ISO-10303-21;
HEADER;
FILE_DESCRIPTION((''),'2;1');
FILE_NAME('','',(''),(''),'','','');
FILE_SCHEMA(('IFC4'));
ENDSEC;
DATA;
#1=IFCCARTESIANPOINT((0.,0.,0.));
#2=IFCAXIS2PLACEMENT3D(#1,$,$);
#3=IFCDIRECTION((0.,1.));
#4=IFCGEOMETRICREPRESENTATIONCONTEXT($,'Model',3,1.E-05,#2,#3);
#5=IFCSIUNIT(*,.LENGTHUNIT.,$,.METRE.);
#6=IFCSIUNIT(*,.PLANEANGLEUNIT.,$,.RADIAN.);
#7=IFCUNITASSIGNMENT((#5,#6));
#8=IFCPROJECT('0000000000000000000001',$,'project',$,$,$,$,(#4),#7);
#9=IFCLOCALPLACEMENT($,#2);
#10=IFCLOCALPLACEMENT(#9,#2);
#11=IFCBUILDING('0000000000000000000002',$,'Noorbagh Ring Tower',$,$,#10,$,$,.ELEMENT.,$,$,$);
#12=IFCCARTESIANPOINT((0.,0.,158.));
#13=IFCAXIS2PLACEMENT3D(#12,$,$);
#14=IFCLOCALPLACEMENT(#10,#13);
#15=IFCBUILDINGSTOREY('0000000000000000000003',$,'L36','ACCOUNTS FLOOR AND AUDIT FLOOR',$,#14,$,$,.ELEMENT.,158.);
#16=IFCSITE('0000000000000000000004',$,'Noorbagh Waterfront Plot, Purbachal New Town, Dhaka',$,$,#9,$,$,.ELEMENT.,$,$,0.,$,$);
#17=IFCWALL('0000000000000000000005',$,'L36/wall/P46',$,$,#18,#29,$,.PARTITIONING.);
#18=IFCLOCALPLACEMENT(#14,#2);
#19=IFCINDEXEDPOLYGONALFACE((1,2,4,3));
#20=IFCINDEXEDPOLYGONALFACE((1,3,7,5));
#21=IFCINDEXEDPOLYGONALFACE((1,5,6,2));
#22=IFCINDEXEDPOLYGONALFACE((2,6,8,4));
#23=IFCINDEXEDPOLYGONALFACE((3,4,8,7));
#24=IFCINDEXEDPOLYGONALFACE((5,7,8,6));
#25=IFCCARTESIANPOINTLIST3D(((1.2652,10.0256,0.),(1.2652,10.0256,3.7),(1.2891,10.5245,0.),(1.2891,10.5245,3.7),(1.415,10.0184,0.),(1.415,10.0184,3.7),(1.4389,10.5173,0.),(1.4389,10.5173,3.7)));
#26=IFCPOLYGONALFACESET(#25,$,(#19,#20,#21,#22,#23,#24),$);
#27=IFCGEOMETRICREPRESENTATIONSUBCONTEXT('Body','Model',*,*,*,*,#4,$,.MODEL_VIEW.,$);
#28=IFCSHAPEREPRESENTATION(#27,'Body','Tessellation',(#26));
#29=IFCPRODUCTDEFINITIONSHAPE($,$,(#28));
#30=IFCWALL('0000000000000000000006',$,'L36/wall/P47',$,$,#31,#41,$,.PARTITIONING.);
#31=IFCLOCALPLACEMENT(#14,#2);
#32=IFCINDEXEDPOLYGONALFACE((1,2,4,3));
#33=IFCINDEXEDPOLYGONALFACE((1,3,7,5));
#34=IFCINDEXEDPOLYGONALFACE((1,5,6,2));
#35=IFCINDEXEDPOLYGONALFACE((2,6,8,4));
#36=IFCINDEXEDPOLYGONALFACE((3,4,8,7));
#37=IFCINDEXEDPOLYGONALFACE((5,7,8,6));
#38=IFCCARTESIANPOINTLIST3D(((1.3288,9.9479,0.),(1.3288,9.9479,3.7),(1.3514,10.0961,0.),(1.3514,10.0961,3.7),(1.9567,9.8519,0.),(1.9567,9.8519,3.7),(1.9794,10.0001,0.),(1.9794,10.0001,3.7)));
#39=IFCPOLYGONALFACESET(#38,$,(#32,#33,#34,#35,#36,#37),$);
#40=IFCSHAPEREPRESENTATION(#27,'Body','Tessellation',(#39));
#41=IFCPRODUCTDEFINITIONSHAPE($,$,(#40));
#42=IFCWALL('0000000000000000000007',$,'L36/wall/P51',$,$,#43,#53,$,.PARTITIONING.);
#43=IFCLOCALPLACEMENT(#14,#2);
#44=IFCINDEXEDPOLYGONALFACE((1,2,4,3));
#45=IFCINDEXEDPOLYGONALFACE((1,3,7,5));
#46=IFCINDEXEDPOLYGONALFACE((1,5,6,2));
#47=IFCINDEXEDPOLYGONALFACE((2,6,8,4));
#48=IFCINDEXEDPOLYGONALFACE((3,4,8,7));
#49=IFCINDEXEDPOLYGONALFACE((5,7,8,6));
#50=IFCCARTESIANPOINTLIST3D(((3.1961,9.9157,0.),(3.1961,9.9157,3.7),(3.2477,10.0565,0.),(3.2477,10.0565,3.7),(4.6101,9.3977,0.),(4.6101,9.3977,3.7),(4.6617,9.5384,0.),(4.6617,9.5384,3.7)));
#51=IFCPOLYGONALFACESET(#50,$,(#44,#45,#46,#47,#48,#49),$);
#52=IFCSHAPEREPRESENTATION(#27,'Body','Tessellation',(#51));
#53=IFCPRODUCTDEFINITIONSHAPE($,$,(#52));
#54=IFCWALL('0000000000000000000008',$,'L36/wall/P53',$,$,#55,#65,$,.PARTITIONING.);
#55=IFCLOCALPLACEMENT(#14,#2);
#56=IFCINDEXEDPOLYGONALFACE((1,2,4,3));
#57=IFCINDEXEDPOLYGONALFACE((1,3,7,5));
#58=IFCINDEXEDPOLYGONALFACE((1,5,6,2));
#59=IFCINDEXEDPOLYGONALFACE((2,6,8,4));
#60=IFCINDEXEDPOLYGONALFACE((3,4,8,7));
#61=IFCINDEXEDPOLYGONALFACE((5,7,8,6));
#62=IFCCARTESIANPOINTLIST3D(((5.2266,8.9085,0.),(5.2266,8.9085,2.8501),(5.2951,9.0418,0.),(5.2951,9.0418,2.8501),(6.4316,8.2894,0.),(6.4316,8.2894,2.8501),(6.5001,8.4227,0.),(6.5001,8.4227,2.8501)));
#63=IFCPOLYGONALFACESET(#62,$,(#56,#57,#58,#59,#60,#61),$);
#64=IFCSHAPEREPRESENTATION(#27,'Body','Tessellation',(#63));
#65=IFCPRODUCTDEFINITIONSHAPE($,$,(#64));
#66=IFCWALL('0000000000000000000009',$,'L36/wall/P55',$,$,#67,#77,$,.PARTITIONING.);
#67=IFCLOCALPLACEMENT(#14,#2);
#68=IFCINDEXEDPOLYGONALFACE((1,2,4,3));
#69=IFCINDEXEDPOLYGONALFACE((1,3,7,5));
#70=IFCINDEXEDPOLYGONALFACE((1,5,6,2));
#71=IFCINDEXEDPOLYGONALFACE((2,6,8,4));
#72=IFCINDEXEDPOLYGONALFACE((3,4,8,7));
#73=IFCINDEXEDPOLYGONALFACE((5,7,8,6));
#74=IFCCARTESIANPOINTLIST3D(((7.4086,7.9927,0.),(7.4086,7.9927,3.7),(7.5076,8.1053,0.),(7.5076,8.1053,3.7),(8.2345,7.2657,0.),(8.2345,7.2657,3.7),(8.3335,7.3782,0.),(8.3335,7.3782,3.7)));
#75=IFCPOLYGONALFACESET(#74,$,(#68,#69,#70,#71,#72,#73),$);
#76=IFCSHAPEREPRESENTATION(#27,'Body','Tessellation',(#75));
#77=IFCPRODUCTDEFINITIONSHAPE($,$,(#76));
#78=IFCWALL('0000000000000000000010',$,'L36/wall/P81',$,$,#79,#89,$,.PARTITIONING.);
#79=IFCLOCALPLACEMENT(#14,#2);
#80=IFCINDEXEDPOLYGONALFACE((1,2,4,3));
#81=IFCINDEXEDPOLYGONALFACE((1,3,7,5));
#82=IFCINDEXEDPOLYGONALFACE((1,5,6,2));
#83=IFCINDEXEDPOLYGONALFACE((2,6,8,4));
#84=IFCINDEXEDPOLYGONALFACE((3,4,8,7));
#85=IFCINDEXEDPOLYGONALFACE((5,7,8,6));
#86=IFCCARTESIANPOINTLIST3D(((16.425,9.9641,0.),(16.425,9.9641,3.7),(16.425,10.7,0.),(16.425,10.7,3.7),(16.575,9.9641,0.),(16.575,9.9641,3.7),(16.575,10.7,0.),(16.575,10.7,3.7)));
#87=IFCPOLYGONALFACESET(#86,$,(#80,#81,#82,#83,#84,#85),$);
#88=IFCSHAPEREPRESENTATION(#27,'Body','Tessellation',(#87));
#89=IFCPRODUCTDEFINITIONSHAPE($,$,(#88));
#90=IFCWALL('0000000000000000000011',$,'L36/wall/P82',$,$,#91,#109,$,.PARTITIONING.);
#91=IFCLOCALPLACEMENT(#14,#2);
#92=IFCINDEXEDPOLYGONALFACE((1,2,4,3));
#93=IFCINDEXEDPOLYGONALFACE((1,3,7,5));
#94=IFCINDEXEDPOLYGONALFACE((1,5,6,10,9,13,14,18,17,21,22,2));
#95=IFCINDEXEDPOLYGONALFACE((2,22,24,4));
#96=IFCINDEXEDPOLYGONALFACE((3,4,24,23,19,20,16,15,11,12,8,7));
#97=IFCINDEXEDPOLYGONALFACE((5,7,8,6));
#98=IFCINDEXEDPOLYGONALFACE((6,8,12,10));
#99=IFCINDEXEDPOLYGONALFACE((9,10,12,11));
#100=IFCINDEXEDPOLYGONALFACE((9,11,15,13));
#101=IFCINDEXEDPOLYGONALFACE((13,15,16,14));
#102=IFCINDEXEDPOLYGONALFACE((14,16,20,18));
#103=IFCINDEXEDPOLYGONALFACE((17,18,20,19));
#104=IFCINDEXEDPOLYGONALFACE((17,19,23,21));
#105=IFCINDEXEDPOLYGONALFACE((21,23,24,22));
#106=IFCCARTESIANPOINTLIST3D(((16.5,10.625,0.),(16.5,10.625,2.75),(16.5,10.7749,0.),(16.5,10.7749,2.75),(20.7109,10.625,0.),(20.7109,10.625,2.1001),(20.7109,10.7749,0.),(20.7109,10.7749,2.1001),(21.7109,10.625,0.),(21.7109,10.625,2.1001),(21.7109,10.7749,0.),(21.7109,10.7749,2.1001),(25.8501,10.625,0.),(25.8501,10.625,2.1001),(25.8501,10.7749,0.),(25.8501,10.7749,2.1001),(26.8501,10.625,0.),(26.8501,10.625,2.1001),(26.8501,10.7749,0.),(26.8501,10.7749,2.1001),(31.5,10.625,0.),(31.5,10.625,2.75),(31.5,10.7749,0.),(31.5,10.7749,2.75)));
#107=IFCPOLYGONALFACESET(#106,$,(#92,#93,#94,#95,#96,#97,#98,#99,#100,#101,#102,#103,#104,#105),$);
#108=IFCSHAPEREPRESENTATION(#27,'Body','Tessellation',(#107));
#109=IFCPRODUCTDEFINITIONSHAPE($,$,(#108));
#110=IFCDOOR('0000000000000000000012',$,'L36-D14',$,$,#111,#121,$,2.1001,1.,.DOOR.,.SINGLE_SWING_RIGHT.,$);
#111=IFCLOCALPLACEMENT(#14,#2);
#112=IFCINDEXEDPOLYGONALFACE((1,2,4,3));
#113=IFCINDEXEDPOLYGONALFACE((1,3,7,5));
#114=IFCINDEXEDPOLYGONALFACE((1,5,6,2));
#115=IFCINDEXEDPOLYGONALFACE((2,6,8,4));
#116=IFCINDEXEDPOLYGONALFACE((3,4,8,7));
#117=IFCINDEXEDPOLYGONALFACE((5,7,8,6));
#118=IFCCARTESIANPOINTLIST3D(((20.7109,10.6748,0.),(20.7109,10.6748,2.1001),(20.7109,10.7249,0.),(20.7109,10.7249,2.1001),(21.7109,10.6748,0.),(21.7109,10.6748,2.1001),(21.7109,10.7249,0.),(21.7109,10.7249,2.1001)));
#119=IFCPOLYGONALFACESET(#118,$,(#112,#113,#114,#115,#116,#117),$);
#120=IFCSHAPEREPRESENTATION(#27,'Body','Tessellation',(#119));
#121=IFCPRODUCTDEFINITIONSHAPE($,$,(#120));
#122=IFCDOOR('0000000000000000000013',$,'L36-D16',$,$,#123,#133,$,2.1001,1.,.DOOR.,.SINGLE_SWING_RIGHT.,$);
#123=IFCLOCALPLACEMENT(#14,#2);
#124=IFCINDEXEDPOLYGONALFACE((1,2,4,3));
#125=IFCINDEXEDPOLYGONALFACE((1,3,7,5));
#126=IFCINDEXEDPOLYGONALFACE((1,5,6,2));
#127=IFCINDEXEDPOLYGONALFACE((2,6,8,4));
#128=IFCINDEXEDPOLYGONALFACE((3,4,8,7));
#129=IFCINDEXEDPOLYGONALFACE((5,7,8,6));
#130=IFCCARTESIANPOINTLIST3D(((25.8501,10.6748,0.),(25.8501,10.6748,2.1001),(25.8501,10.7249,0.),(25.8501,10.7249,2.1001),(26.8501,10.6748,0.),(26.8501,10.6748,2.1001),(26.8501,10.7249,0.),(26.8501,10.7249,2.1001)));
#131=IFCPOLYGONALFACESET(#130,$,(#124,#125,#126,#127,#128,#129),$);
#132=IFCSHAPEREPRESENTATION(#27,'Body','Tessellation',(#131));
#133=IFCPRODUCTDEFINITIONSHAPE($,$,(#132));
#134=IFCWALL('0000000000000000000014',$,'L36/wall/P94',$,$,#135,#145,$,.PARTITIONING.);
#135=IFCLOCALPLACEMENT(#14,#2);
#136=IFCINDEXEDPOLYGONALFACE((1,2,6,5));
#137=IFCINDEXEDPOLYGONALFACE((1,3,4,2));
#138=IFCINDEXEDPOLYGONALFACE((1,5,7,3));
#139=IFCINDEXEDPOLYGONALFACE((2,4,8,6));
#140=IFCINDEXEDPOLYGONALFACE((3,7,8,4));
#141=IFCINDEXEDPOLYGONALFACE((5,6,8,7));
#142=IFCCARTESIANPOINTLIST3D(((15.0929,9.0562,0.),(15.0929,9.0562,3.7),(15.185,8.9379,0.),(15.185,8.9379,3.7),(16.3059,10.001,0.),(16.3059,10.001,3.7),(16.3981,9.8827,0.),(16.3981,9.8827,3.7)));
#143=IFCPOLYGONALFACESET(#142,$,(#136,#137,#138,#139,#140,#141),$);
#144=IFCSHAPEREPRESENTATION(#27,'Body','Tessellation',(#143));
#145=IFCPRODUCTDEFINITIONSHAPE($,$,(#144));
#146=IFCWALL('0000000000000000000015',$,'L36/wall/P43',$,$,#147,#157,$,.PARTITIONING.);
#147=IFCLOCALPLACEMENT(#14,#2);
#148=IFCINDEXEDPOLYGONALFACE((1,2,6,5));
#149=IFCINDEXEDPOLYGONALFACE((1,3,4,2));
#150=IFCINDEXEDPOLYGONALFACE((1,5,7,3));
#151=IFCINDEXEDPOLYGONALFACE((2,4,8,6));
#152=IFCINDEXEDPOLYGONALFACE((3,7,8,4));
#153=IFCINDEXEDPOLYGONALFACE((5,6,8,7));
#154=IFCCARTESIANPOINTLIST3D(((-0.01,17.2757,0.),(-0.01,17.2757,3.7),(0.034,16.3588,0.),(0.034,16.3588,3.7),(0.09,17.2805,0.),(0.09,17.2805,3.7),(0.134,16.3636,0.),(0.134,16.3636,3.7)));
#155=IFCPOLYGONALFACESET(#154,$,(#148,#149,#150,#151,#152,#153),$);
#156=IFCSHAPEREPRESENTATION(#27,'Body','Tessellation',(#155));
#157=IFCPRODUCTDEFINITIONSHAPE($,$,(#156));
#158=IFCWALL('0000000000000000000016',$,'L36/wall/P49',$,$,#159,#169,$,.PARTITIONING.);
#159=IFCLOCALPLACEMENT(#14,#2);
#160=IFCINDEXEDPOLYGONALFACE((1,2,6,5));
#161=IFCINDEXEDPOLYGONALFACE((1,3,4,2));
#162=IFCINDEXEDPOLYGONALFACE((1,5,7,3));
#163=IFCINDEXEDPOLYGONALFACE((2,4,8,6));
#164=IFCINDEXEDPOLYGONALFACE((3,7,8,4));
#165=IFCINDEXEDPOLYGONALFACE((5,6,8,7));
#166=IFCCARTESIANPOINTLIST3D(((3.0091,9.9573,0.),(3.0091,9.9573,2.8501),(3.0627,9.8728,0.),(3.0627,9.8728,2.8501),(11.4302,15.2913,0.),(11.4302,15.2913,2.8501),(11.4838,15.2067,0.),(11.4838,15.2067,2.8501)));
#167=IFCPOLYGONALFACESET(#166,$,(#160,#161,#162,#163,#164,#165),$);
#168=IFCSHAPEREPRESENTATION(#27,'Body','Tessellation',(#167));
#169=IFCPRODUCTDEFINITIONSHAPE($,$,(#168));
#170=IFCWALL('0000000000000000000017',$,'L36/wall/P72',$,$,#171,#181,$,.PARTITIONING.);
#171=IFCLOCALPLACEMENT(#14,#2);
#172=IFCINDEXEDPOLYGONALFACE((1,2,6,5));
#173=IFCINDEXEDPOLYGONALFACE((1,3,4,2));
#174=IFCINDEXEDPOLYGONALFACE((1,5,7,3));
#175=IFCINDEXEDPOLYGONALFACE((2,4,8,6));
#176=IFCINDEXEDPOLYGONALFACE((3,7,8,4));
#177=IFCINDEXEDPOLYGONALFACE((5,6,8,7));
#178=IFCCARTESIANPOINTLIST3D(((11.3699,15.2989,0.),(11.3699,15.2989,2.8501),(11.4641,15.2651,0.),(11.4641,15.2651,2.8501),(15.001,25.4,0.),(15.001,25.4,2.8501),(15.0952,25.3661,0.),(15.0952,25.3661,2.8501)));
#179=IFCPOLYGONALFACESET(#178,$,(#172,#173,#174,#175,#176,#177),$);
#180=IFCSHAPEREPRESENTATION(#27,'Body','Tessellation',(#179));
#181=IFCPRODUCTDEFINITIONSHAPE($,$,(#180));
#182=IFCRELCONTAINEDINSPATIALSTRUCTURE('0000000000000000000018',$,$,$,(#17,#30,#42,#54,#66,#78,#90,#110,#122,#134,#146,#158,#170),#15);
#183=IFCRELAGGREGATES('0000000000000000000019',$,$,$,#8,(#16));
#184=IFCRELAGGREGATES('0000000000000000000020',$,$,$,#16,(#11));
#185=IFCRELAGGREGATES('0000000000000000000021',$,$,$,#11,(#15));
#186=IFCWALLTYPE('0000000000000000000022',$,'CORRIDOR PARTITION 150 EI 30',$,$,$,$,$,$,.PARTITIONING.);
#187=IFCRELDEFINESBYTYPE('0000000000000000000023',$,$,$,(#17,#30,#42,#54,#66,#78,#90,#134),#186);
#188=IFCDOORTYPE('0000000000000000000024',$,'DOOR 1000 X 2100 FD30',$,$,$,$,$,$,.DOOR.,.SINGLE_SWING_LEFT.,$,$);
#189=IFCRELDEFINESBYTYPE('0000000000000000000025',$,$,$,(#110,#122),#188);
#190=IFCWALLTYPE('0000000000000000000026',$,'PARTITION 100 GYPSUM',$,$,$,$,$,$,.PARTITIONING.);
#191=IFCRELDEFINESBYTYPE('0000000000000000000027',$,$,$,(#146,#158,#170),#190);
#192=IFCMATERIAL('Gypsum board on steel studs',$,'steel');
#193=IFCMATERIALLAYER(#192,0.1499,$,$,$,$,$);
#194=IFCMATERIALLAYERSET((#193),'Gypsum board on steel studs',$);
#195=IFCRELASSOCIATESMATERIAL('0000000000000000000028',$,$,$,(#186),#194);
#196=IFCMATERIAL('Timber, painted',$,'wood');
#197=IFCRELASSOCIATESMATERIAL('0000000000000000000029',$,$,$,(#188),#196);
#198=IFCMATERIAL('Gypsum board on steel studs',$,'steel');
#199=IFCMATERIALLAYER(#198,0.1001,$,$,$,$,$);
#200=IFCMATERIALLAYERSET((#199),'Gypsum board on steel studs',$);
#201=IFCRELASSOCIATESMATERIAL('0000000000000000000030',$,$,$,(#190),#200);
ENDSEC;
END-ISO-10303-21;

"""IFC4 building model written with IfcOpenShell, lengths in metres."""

from ifc_helpers import new_model, si_unit, direction, frame, frame_2d, origin, place, context, subcontext, project, spatial, rectangle, extrude, material, layer, layer_set, type_object, element, fill, save


model = new_model("IFC4")

# Units and contexts
model_context = context("Model", 3, precision=1e-05, world=origin(), true_north=direction((0.0, 1.0)))
body_context = subcontext(model_context, "Body", "Model", "MODEL_VIEW")
ifc_project = project(units=[si_unit("LENGTHUNIT", "METRE"), si_unit("PLANEANGLEUNIT", "RADIAN")], contexts=[model_context])

# Site, building, storey
site_placement = place(None, origin())
site = spatial("IfcSite", under=ifc_project, at=site_placement, Name="Noorbagh Waterfront Plot, Purbachal New Town, Dhaka", CompositionType="ELEMENT", RefElevation=0.0)
building_placement = place(site_placement, origin())
building = spatial("IfcBuilding", under=site, at=building_placement, Name="Noorbagh Ring Tower", CompositionType="ELEMENT")
storey_placement = place(building_placement, frame((0.0, 0.0, 158.0)))
storey = spatial("IfcBuildingStorey", under=building, at=storey_placement, Name="L36", Description="ACCOUNTS FLOOR AND AUDIT FLOOR", CompositionType="ELEMENT", Elevation=158.0)

# Walls
ifc_material_1 = material(Name="Gypsum board on steel studs", Category="steel")
ifc_layer_1 = layer(ifc_material_1, 0.1499)
ifc_layer_set_1 = layer_set([ifc_layer_1], Name="Gypsum board on steel studs")
wall_type_1 = type_object("IfcWallType", Name="CORRIDOR PARTITION 150 EI 30", PredefinedType="PARTITIONING", material=ifc_layer_set_1)
wall_1_placement = place(storey_placement, frame((1.3401, 10.022, 0.0), z_axis=(0.0, 0.0, 1.0), x_axis=(0.04789, 0.998853, 0.0)))
element("IfcWall", 1, at=wall_1_placement, inside=storey, type_object=wall_type_1, Name="L36/wall/P46", PredefinedType="PARTITIONING", context=body_context, shape_type="SweptSolid", body=[
    extrude(rectangle(XDim=0.4995, YDim=0.1499, at=frame_2d((0.2498, 0.0))), origin(), (0.0, 0.0, 1.0), 3.7),
])
wall_2_placement = place(storey_placement, frame((1.3401, 10.022, 0.0), z_axis=(0.0, 0.0, 1.0), x_axis=(0.988527, -0.151046, 0.0)))
element("IfcWall", 2, at=wall_2_placement, inside=storey, type_object=wall_type_1, Name="L36/wall/P47", PredefinedType="PARTITIONING", context=body_context, shape_type="SweptSolid", body=[
    extrude(rectangle(XDim=0.6353, YDim=0.1499, at=frame_2d((0.3176, 0.0))), origin(), (0.0, 0.0, 1.0), 3.7),
])
wall_3_placement = place(storey_placement, frame((3.2219, 9.9861, 0.0), z_axis=(0.0, 0.0, 1.0), x_axis=(0.938967, -0.344007, 0.0)))
element("IfcWall", 3, at=wall_3_placement, inside=storey, type_object=wall_type_1, Name="L36/wall/P51", PredefinedType="PARTITIONING", context=body_context, shape_type="SweptSolid", body=[
    extrude(rectangle(XDim=1.5059, YDim=0.1499, at=frame_2d((0.7529, 0.0))), origin(), (0.0, 0.0, 1.0), 3.7),
])
wall_4_placement = place(storey_placement, frame((5.261, 8.9751, 0.0), z_axis=(0.0, 0.0, 1.0), x_axis=(0.889472, -0.45699, 0.0)))
element("IfcWall", 4, at=wall_4_placement, inside=storey, type_object=wall_type_1, Name="L36/wall/P53", PredefinedType="PARTITIONING", context=body_context, shape_type="SweptSolid", body=[
    extrude(rectangle(XDim=1.3547, YDim=0.1499, at=frame_2d((0.6772, 0.0))), origin(), (0.0, 0.0, 1.0), 2.8501),
])
wall_5_placement = place(storey_placement, frame((7.458, 8.0491, 0.0), z_axis=(0.0, 0.0, 1.0), x_axis=(0.750608, -0.660748, 0.0)))
element("IfcWall", 5, at=wall_5_placement, inside=storey, type_object=wall_type_1, Name="L36/wall/P55", PredefinedType="PARTITIONING", context=body_context, shape_type="SweptSolid", body=[
    extrude(rectangle(XDim=1.1003, YDim=0.1499, at=frame_2d((0.5503, 0.0))), origin(), (0.0, 0.0, 1.0), 3.7),
])
wall_6_placement = place(storey_placement, frame((16.5, 9.9641, 0.0), z_axis=(0.0, 0.0, 1.0), x_axis=(0.0, 1.0, 0.0)))
element("IfcWall", 6, at=wall_6_placement, inside=storey, type_object=wall_type_1, Name="L36/wall/P81", PredefinedType="PARTITIONING", context=body_context, shape_type="SweptSolid", body=[
    extrude(rectangle(XDim=0.7358, YDim=0.1499, at=frame_2d((0.3679, 0.0))), origin(), (0.0, 0.0, 1.0), 3.7),
])

# Wall, openings, doors
wall_7_placement = place(storey_placement, frame((16.5, 10.7, 0.0), z_axis=(0.0, 0.0, 1.0), x_axis=(1.0, 0.0, 0.0)))
wall_7 = element("IfcWall", 7, at=wall_7_placement, inside=storey, type_object=wall_type_1, Name="L36/wall/P82", PredefinedType="PARTITIONING", context=body_context, shape_type="SweptSolid", body=[
    extrude(rectangle(XDim=15.0, YDim=0.1499, at=frame_2d((7.5, 0.0))), origin(), (0.0, 0.0, 1.0), 2.75),
])
opening_1_placement = place(wall_7_placement, frame((4.2109, 0.0, 0.0)))
opening_1 = element("IfcOpeningElement", 8, at=opening_1_placement, cuts=wall_7, PredefinedType="OPENING", context=body_context, shape_type="SweptSolid", body=[
    extrude(rectangle(XDim=1.0, YDim=2.1001, at=frame_2d((0.5, 1.05))), frame((0.0, 0.085, 0.0), z_axis=(0.0, -1.0, 0.0), x_axis=(1.0, 0.0, 0.0)), (0.0, 0.0, 1.0), 0.1699),
])
opening_2_placement = place(wall_7_placement, frame((9.3501, 0.0, 0.0)))
opening_2 = element("IfcOpeningElement", 9, at=opening_2_placement, cuts=wall_7, PredefinedType="OPENING", context=body_context, shape_type="SweptSolid", body=[
    extrude(rectangle(XDim=1.0, YDim=2.1001, at=frame_2d((0.5, 1.05))), frame((0.0, 0.085, 0.0), z_axis=(0.0, -1.0, 0.0), x_axis=(1.0, 0.0, 0.0)), (0.0, 0.0, 1.0), 0.1699),
])
ifc_material_2 = material(Name="Timber, painted", Category="wood")
door_type_1 = type_object("IfcDoorType", Name="DOOR 1000 X 2100 FD30", OperationType="SINGLE_SWING_LEFT", PredefinedType="DOOR", material=ifc_material_2)
door_1_placement = place(opening_1_placement, origin())
door_1 = element("IfcDoor", 10, at=door_1_placement, inside=storey, type_object=door_type_1, Name="L36-D14", OperationType="SINGLE_SWING_RIGHT", OverallHeight=2.1001, OverallWidth=1.0, PredefinedType="DOOR", context=body_context, shape_type="SweptSolid", body=[
    extrude(rectangle(XDim=1.0, YDim=2.1001, at=frame_2d((0.5, 1.05))), frame((0.0, 0.0249, 0.0), z_axis=(0.0, -1.0, 0.0), x_axis=(1.0, 0.0, 0.0)), (0.0, 0.0, 1.0), 0.05),
])
fill(opening_1, door_1)
door_2_placement = place(opening_2_placement, origin())
door_2 = element("IfcDoor", 11, at=door_2_placement, inside=storey, type_object=door_type_1, Name="L36-D16", OperationType="SINGLE_SWING_RIGHT", OverallHeight=2.1001, OverallWidth=1.0, PredefinedType="DOOR", context=body_context, shape_type="SweptSolid", body=[
    extrude(rectangle(XDim=1.0, YDim=2.1001, at=frame_2d((0.5, 1.05))), frame((0.0, 0.0249, 0.0), z_axis=(0.0, -1.0, 0.0), x_axis=(1.0, 0.0, 0.0)), (0.0, 0.0, 1.0), 0.05),
])
fill(opening_2, door_2)

# Walls
wall_8_placement = place(storey_placement, frame((15.1389, 8.9971, 0.0), z_axis=(0.0, 0.0, 1.0), x_axis=(0.78895, 0.614457, 0.0)))
element("IfcWall", 12, at=wall_8_placement, inside=storey, type_object=wall_type_1, Name="L36/wall/P94", PredefinedType="PARTITIONING", context=body_context, shape_type="SweptSolid", body=[
    extrude(rectangle(XDim=1.5376, YDim=0.1499, at=frame_2d((0.7688, 0.0))), origin(), (0.0, 0.0, 1.0), 3.7),
])
ifc_material_3 = material(Name="Gypsum board on steel studs", Category="steel")
ifc_layer_2 = layer(ifc_material_3, 0.1001)
ifc_layer_set_2 = layer_set([ifc_layer_2], Name="Gypsum board on steel studs")
wall_type_2 = type_object("IfcWallType", Name="PARTITION 100 GYPSUM", PredefinedType="PARTITIONING", material=ifc_layer_set_2)
wall_9_placement = place(storey_placement, frame((0.04, 17.2781, 0.0), z_axis=(0.0, 0.0, 1.0), x_axis=(0.047868, -0.998854, 0.0)))
element("IfcWall", 13, at=wall_9_placement, inside=storey, type_object=wall_type_2, Name="L36/wall/P43", PredefinedType="PARTITIONING", context=body_context, shape_type="SweptSolid", body=[
    extrude(rectangle(XDim=0.918, YDim=0.1001, at=frame_2d((0.459, 0.0))), origin(), (0.0, 0.0, 1.0), 3.7),
])
wall_10_placement = place(storey_placement, frame((3.0359, 9.915, 0.0), z_axis=(0.0, 0.0, 1.0), x_axis=(0.844792, 0.535095, 0.0)))
element("IfcWall", 14, at=wall_10_placement, inside=storey, type_object=wall_type_2, Name="L36/wall/P49", PredefinedType="PARTITIONING", context=body_context, shape_type="SweptSolid", body=[
    extrude(rectangle(XDim=9.9683, YDim=0.1001, at=frame_2d((4.9841, 0.0))), origin(), (0.0, 0.0, 1.0), 2.8501),
])
wall_11_placement = place(storey_placement, frame((11.417, 15.282, 0.0), z_axis=(0.0, 0.0, 1.0), x_axis=(0.338284, 0.941044, 0.0)))
element("IfcWall", 15, at=wall_11_placement, inside=storey, type_object=wall_type_2, Name="L36/wall/P72", PredefinedType="PARTITIONING", context=body_context, shape_type="SweptSolid", body=[
    extrude(rectangle(XDim=10.7339, YDim=0.1001, at=frame_2d((5.3669, 0.0))), origin(), (0.0, 0.0, 1.0), 2.8501),
])

save(model, "model.ifc")
